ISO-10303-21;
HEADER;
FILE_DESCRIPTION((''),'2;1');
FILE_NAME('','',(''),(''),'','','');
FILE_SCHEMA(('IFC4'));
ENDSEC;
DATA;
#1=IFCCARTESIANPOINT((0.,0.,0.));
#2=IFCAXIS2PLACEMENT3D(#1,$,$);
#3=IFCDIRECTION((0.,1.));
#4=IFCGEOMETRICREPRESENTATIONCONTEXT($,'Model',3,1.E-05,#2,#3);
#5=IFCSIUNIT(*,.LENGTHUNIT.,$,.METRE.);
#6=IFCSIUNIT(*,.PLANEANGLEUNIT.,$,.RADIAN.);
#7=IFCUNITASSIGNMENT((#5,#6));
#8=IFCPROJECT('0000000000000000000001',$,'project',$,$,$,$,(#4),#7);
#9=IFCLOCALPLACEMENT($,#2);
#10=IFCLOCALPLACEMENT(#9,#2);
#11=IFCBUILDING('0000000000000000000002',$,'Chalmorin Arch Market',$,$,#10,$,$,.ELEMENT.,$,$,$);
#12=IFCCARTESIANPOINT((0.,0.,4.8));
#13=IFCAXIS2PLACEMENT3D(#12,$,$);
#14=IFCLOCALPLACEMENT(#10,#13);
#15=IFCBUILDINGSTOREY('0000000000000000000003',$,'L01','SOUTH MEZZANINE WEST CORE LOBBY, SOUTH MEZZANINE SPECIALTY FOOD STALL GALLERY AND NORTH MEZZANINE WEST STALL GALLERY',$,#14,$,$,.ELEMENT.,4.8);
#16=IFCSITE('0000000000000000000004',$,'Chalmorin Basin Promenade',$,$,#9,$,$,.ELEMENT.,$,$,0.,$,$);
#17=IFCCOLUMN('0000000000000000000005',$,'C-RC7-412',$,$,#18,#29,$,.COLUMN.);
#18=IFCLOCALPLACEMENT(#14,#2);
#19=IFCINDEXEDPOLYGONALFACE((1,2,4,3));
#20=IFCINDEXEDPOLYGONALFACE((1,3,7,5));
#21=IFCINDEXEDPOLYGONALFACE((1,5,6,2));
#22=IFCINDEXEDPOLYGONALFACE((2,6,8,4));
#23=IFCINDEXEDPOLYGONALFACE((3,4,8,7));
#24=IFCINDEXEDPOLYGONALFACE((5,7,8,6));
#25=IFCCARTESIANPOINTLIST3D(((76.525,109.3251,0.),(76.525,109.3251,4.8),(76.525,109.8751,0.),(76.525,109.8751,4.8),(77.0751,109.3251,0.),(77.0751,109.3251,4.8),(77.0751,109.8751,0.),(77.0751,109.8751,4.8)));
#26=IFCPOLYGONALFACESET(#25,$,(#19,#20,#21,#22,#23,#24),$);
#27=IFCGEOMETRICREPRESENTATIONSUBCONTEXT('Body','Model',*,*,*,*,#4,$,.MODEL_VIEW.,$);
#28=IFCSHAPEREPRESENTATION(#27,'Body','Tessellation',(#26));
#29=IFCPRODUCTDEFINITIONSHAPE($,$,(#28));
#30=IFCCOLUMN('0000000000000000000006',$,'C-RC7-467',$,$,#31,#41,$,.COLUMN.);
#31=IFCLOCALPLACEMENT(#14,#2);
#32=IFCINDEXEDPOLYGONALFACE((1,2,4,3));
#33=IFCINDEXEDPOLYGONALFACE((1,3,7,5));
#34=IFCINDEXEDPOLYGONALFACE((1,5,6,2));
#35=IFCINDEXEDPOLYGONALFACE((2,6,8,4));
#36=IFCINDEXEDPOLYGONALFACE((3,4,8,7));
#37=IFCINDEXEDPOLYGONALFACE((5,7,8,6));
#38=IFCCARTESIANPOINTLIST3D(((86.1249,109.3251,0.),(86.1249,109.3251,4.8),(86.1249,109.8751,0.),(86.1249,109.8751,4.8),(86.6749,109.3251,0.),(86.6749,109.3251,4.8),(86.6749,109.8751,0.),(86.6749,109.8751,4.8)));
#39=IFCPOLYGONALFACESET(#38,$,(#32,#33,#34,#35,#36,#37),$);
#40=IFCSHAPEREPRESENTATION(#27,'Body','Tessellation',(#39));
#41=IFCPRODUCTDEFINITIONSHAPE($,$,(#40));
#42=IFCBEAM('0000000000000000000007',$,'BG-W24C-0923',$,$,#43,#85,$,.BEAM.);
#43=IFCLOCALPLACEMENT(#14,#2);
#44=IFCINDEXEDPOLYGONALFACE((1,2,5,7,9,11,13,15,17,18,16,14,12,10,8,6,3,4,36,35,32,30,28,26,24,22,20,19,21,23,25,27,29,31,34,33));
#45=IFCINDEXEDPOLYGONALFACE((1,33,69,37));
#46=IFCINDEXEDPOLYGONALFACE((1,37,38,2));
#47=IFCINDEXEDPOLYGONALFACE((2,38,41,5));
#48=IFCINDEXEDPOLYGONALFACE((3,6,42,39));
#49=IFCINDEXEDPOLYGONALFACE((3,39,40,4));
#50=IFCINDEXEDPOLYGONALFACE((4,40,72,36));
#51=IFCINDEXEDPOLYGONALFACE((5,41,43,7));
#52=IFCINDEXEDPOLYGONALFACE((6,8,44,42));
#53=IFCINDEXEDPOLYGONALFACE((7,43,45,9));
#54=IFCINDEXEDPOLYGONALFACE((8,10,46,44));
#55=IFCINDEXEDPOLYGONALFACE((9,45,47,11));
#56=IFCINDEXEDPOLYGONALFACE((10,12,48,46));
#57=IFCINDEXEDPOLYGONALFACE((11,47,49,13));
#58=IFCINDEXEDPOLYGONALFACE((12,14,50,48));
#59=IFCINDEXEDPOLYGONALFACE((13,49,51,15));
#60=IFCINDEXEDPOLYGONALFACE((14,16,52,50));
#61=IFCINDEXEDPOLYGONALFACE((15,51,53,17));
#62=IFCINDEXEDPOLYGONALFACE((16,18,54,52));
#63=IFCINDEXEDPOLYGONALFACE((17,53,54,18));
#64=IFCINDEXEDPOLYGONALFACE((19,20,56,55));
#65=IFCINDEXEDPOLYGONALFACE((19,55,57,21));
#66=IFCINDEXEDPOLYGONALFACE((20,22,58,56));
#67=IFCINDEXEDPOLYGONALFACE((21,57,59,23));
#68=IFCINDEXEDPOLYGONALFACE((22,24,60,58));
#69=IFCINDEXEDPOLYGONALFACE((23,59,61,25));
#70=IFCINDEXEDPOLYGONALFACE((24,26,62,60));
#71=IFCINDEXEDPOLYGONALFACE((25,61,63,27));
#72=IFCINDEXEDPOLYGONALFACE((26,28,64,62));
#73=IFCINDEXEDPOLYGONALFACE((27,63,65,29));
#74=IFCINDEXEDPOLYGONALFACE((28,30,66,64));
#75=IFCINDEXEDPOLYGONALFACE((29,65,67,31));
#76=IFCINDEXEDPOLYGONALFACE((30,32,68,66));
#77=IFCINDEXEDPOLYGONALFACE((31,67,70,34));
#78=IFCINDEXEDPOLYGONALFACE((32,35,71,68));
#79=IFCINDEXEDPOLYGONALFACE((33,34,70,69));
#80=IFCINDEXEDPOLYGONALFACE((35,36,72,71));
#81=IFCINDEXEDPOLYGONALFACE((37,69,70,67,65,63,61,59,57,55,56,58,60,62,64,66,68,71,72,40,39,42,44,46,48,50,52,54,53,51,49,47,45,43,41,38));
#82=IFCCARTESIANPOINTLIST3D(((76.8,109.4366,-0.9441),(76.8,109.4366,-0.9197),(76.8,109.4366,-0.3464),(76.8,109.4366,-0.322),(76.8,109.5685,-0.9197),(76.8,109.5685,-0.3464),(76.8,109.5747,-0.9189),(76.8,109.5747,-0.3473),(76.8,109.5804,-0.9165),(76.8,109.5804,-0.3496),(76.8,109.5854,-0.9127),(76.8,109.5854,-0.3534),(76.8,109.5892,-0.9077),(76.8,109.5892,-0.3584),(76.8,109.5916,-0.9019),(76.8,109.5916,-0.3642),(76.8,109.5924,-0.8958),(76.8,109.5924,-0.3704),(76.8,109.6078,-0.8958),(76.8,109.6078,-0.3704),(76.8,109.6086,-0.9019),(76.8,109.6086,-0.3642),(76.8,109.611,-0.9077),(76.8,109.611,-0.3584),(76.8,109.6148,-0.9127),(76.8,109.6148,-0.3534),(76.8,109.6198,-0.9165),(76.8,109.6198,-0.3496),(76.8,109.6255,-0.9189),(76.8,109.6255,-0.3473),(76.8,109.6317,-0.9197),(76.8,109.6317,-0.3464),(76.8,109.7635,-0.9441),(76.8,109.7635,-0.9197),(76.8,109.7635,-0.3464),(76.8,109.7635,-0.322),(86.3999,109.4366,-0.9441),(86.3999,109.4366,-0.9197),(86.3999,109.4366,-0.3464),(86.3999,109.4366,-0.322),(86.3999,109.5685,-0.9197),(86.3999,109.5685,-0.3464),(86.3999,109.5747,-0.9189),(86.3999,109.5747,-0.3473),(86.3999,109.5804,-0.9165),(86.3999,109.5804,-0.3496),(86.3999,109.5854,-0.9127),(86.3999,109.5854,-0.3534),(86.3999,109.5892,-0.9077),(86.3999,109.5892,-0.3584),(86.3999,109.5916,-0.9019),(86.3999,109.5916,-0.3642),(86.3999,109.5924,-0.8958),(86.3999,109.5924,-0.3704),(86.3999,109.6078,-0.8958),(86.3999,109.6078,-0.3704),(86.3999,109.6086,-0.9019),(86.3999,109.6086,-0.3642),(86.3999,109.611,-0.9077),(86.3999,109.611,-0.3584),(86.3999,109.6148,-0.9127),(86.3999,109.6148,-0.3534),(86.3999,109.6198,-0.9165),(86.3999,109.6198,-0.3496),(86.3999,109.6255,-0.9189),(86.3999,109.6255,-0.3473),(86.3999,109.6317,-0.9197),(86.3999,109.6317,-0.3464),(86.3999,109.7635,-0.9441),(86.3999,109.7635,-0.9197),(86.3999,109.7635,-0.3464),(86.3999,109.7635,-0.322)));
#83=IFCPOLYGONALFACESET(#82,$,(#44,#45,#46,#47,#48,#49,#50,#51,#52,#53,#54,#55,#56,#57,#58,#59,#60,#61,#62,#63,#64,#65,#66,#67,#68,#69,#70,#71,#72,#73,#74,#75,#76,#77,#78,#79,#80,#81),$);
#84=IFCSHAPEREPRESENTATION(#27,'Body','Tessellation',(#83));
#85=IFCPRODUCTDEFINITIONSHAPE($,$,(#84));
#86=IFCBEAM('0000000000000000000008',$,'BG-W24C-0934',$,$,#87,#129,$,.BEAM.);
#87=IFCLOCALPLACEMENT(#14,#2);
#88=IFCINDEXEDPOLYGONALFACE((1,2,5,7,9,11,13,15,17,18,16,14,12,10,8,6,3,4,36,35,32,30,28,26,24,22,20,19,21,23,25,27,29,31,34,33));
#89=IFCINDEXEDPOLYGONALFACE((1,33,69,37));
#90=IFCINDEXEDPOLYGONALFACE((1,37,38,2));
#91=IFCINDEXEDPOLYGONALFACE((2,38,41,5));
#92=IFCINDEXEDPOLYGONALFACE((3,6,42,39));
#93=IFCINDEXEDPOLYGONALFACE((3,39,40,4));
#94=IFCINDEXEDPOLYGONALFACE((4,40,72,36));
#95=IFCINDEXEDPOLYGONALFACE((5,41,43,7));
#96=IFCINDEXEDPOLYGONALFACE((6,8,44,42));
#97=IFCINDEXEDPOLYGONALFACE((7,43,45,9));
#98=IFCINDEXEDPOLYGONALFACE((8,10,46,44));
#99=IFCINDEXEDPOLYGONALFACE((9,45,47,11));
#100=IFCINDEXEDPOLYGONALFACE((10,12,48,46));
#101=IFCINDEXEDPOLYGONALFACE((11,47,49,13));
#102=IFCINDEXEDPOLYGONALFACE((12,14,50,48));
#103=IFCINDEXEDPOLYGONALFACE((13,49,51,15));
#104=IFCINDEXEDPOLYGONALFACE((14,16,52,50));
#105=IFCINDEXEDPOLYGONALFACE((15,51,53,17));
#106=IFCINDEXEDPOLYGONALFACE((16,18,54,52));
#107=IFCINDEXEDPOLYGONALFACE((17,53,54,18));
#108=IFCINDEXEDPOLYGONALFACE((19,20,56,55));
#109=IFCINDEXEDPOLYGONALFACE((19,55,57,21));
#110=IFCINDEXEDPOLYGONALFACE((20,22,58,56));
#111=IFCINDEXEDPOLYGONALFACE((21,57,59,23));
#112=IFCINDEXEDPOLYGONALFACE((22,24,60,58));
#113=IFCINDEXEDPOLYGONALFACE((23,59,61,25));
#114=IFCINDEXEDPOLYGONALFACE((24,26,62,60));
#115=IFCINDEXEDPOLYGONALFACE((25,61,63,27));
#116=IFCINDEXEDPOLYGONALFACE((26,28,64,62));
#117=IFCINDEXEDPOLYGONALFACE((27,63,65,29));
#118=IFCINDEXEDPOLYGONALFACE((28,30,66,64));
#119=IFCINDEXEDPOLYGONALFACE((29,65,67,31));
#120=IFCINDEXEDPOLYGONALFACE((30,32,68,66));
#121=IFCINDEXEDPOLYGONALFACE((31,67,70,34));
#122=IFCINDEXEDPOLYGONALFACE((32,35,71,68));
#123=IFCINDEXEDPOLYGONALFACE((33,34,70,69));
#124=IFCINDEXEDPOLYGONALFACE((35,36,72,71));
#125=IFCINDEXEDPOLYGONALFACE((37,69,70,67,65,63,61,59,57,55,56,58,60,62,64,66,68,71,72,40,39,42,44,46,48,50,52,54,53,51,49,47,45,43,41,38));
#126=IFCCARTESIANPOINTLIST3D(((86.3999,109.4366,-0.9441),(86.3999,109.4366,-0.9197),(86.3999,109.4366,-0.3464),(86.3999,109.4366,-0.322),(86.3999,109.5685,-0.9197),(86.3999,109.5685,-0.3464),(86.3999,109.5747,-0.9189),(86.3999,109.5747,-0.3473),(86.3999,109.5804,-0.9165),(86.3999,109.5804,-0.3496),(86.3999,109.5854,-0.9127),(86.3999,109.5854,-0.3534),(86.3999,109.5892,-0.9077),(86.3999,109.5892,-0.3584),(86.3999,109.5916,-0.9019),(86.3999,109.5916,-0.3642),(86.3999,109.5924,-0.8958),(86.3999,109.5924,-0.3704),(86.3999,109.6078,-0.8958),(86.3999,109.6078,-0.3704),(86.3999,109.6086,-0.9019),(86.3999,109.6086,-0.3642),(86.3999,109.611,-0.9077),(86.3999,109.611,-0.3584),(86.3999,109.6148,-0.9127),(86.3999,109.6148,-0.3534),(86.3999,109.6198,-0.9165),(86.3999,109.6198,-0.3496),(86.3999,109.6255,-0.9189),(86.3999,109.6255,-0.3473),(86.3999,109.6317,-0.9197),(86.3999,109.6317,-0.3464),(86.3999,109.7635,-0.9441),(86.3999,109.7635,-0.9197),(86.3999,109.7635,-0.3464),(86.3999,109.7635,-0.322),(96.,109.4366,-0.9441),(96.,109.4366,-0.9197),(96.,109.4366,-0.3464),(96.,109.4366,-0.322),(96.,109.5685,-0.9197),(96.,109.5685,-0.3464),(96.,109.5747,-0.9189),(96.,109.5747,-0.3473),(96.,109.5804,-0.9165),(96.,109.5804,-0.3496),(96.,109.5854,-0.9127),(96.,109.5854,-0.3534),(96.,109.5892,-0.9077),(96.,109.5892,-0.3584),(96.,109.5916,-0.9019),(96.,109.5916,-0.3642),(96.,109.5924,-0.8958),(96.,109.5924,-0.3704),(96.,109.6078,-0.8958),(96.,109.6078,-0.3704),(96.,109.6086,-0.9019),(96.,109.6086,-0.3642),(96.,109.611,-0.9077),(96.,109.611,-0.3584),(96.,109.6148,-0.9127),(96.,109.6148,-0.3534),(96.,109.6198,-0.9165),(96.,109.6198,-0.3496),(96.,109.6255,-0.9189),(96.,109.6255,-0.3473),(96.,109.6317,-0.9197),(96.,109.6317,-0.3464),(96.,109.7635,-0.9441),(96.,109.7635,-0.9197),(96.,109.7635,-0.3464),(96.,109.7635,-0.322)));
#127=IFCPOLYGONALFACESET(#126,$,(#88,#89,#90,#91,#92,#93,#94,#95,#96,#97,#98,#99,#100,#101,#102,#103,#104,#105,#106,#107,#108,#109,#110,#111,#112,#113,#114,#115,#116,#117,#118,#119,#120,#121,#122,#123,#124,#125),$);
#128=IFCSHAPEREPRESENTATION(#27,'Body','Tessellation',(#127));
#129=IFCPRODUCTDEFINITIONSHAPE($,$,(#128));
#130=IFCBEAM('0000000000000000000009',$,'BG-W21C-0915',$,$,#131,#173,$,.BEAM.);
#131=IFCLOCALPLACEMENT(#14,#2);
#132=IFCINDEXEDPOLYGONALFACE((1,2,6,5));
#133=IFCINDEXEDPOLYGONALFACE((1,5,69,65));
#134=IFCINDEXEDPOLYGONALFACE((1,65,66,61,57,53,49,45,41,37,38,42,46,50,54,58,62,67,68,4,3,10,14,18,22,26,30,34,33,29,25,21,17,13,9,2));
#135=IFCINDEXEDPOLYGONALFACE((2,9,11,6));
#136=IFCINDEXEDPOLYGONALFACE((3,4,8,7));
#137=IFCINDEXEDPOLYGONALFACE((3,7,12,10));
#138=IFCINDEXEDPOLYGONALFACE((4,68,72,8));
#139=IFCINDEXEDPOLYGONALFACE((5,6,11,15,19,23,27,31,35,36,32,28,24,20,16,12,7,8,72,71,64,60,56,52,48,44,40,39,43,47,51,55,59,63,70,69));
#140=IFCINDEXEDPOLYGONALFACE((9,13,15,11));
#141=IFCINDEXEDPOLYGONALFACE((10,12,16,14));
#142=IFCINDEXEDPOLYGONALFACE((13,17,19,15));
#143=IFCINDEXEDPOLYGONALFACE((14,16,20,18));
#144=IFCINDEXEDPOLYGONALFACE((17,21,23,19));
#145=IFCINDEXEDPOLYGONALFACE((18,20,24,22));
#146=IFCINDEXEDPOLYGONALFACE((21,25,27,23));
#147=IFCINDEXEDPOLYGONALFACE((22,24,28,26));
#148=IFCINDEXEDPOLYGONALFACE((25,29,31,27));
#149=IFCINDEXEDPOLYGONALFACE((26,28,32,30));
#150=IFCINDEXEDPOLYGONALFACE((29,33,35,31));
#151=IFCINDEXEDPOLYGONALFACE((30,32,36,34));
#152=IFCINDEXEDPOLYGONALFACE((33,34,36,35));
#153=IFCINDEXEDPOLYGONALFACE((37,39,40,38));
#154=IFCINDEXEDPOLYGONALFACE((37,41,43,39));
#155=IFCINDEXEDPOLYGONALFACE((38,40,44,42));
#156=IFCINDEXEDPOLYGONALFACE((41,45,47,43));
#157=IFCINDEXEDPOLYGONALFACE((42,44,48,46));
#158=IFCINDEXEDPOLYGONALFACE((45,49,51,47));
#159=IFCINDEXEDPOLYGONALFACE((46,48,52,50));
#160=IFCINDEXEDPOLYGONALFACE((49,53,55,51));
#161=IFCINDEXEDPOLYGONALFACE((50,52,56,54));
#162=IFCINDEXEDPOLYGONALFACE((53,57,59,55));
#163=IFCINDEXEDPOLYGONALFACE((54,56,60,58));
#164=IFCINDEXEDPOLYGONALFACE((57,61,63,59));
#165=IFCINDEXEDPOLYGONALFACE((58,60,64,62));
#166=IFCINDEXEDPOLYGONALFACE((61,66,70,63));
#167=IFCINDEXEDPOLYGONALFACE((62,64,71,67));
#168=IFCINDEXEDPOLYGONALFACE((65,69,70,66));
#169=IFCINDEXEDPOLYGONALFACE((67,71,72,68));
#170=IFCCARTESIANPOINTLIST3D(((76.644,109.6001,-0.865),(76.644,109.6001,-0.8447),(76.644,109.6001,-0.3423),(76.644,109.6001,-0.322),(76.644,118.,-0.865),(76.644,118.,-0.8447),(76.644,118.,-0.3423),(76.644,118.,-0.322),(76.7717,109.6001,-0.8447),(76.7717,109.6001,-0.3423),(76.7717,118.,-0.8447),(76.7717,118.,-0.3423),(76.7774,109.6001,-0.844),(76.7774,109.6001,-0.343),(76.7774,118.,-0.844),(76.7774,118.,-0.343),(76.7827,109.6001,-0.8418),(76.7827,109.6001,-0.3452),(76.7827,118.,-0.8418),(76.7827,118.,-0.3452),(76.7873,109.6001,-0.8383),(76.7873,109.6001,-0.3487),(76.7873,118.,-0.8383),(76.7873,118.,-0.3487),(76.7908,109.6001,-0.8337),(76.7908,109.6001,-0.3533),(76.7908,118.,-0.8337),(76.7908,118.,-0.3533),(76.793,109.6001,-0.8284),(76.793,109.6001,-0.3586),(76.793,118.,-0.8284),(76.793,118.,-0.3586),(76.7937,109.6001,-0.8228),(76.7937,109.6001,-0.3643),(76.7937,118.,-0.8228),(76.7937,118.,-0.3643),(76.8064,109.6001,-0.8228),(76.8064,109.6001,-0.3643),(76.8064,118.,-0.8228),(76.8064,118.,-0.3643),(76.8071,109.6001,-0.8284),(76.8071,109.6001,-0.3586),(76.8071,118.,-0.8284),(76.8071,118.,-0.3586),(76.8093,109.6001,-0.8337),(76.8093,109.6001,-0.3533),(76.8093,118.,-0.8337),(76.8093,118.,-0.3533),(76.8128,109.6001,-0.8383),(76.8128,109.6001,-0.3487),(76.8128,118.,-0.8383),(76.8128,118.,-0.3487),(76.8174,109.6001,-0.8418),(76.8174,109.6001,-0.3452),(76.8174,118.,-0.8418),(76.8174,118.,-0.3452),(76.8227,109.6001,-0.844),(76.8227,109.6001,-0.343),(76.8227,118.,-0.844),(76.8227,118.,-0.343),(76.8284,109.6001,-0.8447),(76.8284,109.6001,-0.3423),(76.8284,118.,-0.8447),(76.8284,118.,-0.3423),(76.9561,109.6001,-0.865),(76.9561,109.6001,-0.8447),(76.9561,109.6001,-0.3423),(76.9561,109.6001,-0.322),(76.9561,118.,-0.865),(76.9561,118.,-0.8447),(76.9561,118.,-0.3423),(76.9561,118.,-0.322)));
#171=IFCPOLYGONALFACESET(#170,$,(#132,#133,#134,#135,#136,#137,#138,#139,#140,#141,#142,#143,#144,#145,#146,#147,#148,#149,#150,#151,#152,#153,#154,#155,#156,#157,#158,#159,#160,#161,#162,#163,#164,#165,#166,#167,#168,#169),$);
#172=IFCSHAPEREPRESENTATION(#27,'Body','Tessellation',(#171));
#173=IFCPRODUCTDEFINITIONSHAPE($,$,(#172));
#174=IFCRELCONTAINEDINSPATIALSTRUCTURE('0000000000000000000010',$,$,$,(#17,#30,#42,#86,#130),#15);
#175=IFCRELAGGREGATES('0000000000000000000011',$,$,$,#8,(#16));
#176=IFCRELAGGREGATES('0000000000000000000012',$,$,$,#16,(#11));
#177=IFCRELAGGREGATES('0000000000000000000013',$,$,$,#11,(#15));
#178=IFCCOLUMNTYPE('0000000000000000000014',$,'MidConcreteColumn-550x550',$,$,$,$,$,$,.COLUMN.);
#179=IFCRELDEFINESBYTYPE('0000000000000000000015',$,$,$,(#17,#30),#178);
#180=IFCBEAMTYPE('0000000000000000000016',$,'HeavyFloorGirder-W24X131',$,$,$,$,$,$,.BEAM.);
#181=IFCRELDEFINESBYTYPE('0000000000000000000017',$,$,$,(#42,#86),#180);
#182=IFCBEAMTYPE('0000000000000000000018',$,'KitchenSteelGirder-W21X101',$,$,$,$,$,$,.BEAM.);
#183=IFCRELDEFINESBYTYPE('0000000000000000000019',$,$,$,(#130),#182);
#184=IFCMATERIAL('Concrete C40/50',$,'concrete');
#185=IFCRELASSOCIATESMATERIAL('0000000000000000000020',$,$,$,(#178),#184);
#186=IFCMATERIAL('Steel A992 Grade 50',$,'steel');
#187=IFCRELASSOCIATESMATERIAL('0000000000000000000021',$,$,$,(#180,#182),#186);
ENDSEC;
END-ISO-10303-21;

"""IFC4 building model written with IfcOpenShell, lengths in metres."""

from ifc_helpers import new_model, si_unit, direction, frame, origin, origin_2d, place, context, subcontext, project, spatial, rectangle, i_section, extrude, material, material_profile, profile_set, type_object, element, save


model = new_model("IFC4")

# Units and contexts
model_context = context("Model", 3, precision=1e-05, world=origin(), true_north=direction((0.0, 1.0)))
body_context = subcontext(model_context, "Body", "Model", "MODEL_VIEW")
ifc_project = project(units=[si_unit("LENGTHUNIT", "METRE"), si_unit("PLANEANGLEUNIT", "RADIAN")], contexts=[model_context])

# Site, building, storey
site_placement = place(None, origin())
site = spatial("IfcSite", under=ifc_project, at=site_placement, Name="Chalmorin Basin Promenade", CompositionType="ELEMENT", RefElevation=0.0)
building_placement = place(site_placement, origin())
building = spatial("IfcBuilding", under=site, at=building_placement, Name="Chalmorin Arch Market", CompositionType="ELEMENT")
storey_placement = place(building_placement, frame((0.0, 0.0, 4.8)))
storey = spatial("IfcBuildingStorey", under=building, at=storey_placement, Name="L01", Description="SOUTH MEZZANINE WEST CORE LOBBY, SOUTH MEZZANINE SPECIALTY FOOD STALL GALLERY AND NORTH MEZZANINE WEST STALL GALLERY", CompositionType="ELEMENT", Elevation=4.8)

# Columns
ifc_material_1 = material(Name="Concrete C40/50", Category="concrete")
ifc_material_profile_1 = material_profile(ifc_material_1, rectangle(XDim=0.55, YDim=0.55, at=origin_2d()), Name="RC550X550")
ifc_profile_set_1 = profile_set([ifc_material_profile_1], Name="Concrete C40/50")
column_type = type_object("IfcColumnType", Name="MidConcreteColumn-550x550", PredefinedType="COLUMN", material=ifc_profile_set_1)
for number, where, z_axis, x_axis, name in (
    (1, (76.8, 109.6001, 0.0), (0.0, 0.0, 1.0), (1.0, 0.0, 0.0), "C-RC7-412"),
    (2, (86.3999, 109.6001, 0.0), (0.0, 0.0, 1.0), (1.0, 0.0, 0.0), "C-RC7-467"),
):
    element("IfcColumn", number, at=place(storey_placement, frame(where, z_axis=z_axis, x_axis=x_axis)), inside=storey, type_object=column_type, Name=name, PredefinedType="COLUMN", context=body_context, shape_type="SweptSolid", body=[
        extrude(rectangle(XDim=0.55, YDim=0.55, at=origin_2d()), origin(), (0.0, 0.0, 1.0), 4.8),
    ])

# Beams
ifc_material_2 = material(Name="Steel A992 Grade 50", Category="steel")
ifc_material_profile_2 = material_profile(ifc_material_2, i_section(OverallWidth=0.3269, OverallDepth=0.6221, WebThickness=0.0154, FlangeThickness=0.0244, FilletRadius=0.0239, at=origin_2d()), Name="W24X131")
ifc_profile_set_2 = profile_set([ifc_material_profile_2], Name="Steel A992 Grade 50")
beam_type_1 = type_object("IfcBeamType", Name="HeavyFloorGirder-W24X131", PredefinedType="BEAM", material=ifc_profile_set_2)
beam_1_placement = place(storey_placement, frame((76.8, 109.6001, -0.6331), z_axis=(1.0, 0.0, 0.0), x_axis=(0.0, 1.0, 0.0)))
element("IfcBeam", 3, at=beam_1_placement, inside=storey, type_object=beam_type_1, Name="BG-W24C-0923", PredefinedType="BEAM", context=body_context, shape_type="SweptSolid", body=[
    extrude(i_section(OverallWidth=0.3269, OverallDepth=0.6221, WebThickness=0.0154, FlangeThickness=0.0244, FilletRadius=0.0239, at=origin_2d()), origin(), (0.0, 0.0, 1.0), 9.5999),
])
beam_2_placement = place(storey_placement, frame((86.3999, 109.6001, -0.6331), z_axis=(1.0, 0.0, 0.0), x_axis=(0.0, 1.0, 0.0)))
element("IfcBeam", 4, at=beam_2_placement, inside=storey, type_object=beam_type_1, Name="BG-W24C-0934", PredefinedType="BEAM", context=body_context, shape_type="SweptSolid", body=[
    extrude(i_section(OverallWidth=0.3269, OverallDepth=0.6221, WebThickness=0.0154, FlangeThickness=0.0244, FilletRadius=0.0239, at=origin_2d()), origin(), (0.0, 0.0, 1.0), 9.6001),
])
ifc_material_profile_3 = material_profile(ifc_material_2, i_section(OverallWidth=0.312, OverallDepth=0.543, WebThickness=0.0127, FlangeThickness=0.0203, FilletRadius=0.022, at=origin_2d()), Name="W21X101")
ifc_profile_set_3 = profile_set([ifc_material_profile_3], Name="Steel A992 Grade 50")
beam_type_2 = type_object("IfcBeamType", Name="KitchenSteelGirder-W21X101", PredefinedType="BEAM", material=ifc_profile_set_3)
for number, where, z_axis, x_axis, name in (
    (5, (76.8, 109.6001, -0.5935), (0.0, 1.0, 0.0), (-1.0, 0.0, 0.0), "BG-W21C-0915"),
):
    element("IfcBeam", number, at=place(storey_placement, frame(where, z_axis=z_axis, x_axis=x_axis)), inside=storey, type_object=beam_type_2, Name=name, PredefinedType="BEAM", context=body_context, shape_type="SweptSolid", body=[
        extrude(i_section(OverallWidth=0.312, OverallDepth=0.543, WebThickness=0.0127, FlangeThickness=0.0203, FilletRadius=0.022, at=origin_2d()), origin(), (0.0, 0.0, 1.0), 8.3999),
    ])

save(model, "model.ifc")
